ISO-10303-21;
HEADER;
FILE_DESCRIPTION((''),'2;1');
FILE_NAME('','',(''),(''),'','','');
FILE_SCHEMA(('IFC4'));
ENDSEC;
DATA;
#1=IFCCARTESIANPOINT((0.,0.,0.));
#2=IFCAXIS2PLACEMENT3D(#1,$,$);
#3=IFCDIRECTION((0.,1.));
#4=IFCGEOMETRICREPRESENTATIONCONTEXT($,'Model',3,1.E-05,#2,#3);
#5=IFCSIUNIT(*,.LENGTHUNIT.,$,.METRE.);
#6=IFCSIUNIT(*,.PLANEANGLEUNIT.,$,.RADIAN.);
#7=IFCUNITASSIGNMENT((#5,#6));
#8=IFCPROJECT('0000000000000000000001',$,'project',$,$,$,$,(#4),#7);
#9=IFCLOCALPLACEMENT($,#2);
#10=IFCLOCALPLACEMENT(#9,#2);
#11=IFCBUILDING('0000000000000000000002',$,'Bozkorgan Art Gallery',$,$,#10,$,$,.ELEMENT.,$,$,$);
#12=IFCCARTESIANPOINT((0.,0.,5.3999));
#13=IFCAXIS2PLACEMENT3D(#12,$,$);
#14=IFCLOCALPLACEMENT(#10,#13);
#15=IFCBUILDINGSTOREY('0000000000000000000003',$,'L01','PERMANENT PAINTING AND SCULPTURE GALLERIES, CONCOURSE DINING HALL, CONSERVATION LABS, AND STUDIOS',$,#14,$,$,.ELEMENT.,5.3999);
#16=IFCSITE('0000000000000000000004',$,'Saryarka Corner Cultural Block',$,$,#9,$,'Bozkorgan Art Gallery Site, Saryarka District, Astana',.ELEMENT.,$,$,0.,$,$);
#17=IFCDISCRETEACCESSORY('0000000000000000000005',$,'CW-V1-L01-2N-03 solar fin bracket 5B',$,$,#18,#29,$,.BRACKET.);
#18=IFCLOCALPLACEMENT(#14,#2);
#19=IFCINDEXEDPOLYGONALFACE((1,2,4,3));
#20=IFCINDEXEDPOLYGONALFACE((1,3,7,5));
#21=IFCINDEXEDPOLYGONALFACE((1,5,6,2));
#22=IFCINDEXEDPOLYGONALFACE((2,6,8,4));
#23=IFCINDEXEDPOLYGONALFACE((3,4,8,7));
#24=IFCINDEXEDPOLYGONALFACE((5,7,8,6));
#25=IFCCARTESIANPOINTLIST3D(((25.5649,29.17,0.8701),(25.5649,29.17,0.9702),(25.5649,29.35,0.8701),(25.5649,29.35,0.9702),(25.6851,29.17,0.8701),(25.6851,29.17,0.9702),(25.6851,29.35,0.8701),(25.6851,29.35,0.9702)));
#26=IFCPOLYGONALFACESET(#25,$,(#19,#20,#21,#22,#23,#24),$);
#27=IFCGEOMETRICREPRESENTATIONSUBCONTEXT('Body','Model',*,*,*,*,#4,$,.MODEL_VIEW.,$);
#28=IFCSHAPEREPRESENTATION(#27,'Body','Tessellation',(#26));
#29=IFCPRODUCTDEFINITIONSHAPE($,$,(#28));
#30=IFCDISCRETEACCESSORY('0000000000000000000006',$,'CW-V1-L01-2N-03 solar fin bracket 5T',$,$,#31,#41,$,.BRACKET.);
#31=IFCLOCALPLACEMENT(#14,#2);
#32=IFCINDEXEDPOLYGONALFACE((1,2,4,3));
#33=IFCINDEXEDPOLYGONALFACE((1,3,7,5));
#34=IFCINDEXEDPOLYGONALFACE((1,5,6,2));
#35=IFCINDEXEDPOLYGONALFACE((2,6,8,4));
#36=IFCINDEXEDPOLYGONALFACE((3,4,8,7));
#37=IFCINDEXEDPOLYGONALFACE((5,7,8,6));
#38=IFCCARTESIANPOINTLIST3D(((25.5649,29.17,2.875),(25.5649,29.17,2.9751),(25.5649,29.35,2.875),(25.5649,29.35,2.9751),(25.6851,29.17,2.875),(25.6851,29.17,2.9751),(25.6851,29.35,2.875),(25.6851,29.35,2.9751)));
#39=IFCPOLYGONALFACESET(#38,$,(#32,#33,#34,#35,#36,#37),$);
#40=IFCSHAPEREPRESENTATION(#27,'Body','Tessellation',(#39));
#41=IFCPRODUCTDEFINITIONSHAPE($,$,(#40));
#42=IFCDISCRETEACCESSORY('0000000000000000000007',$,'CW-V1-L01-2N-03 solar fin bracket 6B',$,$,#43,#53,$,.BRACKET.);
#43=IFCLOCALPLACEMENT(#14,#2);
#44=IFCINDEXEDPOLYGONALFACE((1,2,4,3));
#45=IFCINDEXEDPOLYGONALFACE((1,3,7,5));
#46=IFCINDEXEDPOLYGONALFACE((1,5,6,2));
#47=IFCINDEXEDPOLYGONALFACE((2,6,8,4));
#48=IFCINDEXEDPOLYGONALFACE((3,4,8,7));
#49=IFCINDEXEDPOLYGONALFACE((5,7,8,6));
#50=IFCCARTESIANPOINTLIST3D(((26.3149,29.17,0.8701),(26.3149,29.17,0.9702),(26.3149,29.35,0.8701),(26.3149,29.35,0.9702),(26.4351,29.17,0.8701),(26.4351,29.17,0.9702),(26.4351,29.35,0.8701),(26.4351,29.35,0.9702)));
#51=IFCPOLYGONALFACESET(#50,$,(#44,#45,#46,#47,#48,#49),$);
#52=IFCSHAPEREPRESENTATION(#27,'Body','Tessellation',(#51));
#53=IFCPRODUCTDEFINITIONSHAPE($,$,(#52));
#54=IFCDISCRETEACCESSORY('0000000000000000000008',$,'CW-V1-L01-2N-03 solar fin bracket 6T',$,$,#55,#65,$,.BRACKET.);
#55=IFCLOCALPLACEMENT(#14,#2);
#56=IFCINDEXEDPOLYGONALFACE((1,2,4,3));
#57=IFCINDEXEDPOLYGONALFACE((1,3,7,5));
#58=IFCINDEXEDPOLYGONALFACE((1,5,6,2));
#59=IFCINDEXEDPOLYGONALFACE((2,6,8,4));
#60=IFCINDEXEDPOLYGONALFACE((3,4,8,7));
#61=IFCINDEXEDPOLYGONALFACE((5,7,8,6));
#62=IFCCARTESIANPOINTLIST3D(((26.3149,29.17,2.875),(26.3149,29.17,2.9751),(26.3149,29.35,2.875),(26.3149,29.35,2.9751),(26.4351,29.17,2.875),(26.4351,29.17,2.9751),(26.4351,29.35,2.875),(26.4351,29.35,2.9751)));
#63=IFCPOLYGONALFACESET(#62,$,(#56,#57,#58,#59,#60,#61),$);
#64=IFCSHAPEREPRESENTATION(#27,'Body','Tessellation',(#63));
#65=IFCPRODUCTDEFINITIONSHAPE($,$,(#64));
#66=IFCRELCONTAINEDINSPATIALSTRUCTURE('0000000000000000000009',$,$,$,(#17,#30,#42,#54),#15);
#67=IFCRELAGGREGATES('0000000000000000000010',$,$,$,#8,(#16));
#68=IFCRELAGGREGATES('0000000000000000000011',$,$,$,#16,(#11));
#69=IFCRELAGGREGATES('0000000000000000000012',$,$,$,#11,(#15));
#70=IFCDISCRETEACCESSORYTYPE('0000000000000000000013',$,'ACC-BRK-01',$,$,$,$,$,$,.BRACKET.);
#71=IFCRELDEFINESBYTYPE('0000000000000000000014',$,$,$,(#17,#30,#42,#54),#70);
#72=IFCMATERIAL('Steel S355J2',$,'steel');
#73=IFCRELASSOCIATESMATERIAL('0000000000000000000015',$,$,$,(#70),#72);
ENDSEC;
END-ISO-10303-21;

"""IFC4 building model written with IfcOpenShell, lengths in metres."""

from ifc_helpers import new_model, si_unit, direction, frame, origin, origin_2d, place, context, subcontext, project, spatial, rectangle, extrude, material, type_object, element, save


model = new_model("IFC4")

# Units and contexts
model_context = context("Model", 3, precision=1e-05, world=origin(), true_north=direction((0.0, 1.0)))
body_context = subcontext(model_context, "Body", "Model", "MODEL_VIEW")
ifc_project = project(units=[si_unit("LENGTHUNIT", "METRE"), si_unit("PLANEANGLEUNIT", "RADIAN")], contexts=[model_context])

# Site, building, storey
site_placement = place(None, origin())
site = spatial("IfcSite", under=ifc_project, at=site_placement, Name="Saryarka Corner Cultural Block", LongName="Bozkorgan Art Gallery Site, Saryarka District, Astana", CompositionType="ELEMENT", RefElevation=0.0)
building_placement = place(site_placement, origin())
building = spatial("IfcBuilding", under=site, at=building_placement, Name="Bozkorgan Art Gallery", CompositionType="ELEMENT")
storey_placement = place(building_placement, frame((0.0, 0.0, 5.3999)))
storey = spatial("IfcBuildingStorey", under=building, at=storey_placement, Name="L01", Description="PERMANENT PAINTING AND SCULPTURE GALLERIES, CONCOURSE DINING HALL, CONSERVATION LABS, AND STUDIOS", CompositionType="ELEMENT", Elevation=5.3999)

# Shared definitions
ifc_material_1 = material(Name="Steel S355J2", Category="steel")

# Discrete accessories
discrete_accessory_type = type_object("IfcDiscreteAccessoryType", Name="ACC-BRK-01", PredefinedType="BRACKET", material=ifc_material_1)
for number, where, z_axis, x_axis, name in (
    (1, (25.625, 29.26, 0.8701), (0.0, 0.0, 1.0), (0.0, 1.0, 0.0), "CW-V1-L01-2N-03 solar fin bracket 5B"),
    (2, (25.625, 29.26, 2.875), (0.0, 0.0, 1.0), (0.0, 1.0, 0.0), "CW-V1-L01-2N-03 solar fin bracket 5T"),
    (3, (26.375, 29.26, 0.8701), (0.0, 0.0, 1.0), (0.0, 1.0, 0.0), "CW-V1-L01-2N-03 solar fin bracket 6B"),
    (4, (26.375, 29.26, 2.875), (0.0, 0.0, 1.0), (0.0, 1.0, 0.0), "CW-V1-L01-2N-03 solar fin bracket 6T"),
):
    element("IfcDiscreteAccessory", number, at=place(storey_placement, frame(where, z_axis=z_axis, x_axis=x_axis)), inside=storey, type_object=discrete_accessory_type, Name=name, PredefinedType="BRACKET", context=body_context, shape_type="SweptSolid", body=[
        extrude(rectangle(XDim=0.1799, YDim=0.1201, at=origin_2d()), origin(), (0.0, 0.0, 1.0), 0.1001),
    ])

save(model, "model.ifc")
